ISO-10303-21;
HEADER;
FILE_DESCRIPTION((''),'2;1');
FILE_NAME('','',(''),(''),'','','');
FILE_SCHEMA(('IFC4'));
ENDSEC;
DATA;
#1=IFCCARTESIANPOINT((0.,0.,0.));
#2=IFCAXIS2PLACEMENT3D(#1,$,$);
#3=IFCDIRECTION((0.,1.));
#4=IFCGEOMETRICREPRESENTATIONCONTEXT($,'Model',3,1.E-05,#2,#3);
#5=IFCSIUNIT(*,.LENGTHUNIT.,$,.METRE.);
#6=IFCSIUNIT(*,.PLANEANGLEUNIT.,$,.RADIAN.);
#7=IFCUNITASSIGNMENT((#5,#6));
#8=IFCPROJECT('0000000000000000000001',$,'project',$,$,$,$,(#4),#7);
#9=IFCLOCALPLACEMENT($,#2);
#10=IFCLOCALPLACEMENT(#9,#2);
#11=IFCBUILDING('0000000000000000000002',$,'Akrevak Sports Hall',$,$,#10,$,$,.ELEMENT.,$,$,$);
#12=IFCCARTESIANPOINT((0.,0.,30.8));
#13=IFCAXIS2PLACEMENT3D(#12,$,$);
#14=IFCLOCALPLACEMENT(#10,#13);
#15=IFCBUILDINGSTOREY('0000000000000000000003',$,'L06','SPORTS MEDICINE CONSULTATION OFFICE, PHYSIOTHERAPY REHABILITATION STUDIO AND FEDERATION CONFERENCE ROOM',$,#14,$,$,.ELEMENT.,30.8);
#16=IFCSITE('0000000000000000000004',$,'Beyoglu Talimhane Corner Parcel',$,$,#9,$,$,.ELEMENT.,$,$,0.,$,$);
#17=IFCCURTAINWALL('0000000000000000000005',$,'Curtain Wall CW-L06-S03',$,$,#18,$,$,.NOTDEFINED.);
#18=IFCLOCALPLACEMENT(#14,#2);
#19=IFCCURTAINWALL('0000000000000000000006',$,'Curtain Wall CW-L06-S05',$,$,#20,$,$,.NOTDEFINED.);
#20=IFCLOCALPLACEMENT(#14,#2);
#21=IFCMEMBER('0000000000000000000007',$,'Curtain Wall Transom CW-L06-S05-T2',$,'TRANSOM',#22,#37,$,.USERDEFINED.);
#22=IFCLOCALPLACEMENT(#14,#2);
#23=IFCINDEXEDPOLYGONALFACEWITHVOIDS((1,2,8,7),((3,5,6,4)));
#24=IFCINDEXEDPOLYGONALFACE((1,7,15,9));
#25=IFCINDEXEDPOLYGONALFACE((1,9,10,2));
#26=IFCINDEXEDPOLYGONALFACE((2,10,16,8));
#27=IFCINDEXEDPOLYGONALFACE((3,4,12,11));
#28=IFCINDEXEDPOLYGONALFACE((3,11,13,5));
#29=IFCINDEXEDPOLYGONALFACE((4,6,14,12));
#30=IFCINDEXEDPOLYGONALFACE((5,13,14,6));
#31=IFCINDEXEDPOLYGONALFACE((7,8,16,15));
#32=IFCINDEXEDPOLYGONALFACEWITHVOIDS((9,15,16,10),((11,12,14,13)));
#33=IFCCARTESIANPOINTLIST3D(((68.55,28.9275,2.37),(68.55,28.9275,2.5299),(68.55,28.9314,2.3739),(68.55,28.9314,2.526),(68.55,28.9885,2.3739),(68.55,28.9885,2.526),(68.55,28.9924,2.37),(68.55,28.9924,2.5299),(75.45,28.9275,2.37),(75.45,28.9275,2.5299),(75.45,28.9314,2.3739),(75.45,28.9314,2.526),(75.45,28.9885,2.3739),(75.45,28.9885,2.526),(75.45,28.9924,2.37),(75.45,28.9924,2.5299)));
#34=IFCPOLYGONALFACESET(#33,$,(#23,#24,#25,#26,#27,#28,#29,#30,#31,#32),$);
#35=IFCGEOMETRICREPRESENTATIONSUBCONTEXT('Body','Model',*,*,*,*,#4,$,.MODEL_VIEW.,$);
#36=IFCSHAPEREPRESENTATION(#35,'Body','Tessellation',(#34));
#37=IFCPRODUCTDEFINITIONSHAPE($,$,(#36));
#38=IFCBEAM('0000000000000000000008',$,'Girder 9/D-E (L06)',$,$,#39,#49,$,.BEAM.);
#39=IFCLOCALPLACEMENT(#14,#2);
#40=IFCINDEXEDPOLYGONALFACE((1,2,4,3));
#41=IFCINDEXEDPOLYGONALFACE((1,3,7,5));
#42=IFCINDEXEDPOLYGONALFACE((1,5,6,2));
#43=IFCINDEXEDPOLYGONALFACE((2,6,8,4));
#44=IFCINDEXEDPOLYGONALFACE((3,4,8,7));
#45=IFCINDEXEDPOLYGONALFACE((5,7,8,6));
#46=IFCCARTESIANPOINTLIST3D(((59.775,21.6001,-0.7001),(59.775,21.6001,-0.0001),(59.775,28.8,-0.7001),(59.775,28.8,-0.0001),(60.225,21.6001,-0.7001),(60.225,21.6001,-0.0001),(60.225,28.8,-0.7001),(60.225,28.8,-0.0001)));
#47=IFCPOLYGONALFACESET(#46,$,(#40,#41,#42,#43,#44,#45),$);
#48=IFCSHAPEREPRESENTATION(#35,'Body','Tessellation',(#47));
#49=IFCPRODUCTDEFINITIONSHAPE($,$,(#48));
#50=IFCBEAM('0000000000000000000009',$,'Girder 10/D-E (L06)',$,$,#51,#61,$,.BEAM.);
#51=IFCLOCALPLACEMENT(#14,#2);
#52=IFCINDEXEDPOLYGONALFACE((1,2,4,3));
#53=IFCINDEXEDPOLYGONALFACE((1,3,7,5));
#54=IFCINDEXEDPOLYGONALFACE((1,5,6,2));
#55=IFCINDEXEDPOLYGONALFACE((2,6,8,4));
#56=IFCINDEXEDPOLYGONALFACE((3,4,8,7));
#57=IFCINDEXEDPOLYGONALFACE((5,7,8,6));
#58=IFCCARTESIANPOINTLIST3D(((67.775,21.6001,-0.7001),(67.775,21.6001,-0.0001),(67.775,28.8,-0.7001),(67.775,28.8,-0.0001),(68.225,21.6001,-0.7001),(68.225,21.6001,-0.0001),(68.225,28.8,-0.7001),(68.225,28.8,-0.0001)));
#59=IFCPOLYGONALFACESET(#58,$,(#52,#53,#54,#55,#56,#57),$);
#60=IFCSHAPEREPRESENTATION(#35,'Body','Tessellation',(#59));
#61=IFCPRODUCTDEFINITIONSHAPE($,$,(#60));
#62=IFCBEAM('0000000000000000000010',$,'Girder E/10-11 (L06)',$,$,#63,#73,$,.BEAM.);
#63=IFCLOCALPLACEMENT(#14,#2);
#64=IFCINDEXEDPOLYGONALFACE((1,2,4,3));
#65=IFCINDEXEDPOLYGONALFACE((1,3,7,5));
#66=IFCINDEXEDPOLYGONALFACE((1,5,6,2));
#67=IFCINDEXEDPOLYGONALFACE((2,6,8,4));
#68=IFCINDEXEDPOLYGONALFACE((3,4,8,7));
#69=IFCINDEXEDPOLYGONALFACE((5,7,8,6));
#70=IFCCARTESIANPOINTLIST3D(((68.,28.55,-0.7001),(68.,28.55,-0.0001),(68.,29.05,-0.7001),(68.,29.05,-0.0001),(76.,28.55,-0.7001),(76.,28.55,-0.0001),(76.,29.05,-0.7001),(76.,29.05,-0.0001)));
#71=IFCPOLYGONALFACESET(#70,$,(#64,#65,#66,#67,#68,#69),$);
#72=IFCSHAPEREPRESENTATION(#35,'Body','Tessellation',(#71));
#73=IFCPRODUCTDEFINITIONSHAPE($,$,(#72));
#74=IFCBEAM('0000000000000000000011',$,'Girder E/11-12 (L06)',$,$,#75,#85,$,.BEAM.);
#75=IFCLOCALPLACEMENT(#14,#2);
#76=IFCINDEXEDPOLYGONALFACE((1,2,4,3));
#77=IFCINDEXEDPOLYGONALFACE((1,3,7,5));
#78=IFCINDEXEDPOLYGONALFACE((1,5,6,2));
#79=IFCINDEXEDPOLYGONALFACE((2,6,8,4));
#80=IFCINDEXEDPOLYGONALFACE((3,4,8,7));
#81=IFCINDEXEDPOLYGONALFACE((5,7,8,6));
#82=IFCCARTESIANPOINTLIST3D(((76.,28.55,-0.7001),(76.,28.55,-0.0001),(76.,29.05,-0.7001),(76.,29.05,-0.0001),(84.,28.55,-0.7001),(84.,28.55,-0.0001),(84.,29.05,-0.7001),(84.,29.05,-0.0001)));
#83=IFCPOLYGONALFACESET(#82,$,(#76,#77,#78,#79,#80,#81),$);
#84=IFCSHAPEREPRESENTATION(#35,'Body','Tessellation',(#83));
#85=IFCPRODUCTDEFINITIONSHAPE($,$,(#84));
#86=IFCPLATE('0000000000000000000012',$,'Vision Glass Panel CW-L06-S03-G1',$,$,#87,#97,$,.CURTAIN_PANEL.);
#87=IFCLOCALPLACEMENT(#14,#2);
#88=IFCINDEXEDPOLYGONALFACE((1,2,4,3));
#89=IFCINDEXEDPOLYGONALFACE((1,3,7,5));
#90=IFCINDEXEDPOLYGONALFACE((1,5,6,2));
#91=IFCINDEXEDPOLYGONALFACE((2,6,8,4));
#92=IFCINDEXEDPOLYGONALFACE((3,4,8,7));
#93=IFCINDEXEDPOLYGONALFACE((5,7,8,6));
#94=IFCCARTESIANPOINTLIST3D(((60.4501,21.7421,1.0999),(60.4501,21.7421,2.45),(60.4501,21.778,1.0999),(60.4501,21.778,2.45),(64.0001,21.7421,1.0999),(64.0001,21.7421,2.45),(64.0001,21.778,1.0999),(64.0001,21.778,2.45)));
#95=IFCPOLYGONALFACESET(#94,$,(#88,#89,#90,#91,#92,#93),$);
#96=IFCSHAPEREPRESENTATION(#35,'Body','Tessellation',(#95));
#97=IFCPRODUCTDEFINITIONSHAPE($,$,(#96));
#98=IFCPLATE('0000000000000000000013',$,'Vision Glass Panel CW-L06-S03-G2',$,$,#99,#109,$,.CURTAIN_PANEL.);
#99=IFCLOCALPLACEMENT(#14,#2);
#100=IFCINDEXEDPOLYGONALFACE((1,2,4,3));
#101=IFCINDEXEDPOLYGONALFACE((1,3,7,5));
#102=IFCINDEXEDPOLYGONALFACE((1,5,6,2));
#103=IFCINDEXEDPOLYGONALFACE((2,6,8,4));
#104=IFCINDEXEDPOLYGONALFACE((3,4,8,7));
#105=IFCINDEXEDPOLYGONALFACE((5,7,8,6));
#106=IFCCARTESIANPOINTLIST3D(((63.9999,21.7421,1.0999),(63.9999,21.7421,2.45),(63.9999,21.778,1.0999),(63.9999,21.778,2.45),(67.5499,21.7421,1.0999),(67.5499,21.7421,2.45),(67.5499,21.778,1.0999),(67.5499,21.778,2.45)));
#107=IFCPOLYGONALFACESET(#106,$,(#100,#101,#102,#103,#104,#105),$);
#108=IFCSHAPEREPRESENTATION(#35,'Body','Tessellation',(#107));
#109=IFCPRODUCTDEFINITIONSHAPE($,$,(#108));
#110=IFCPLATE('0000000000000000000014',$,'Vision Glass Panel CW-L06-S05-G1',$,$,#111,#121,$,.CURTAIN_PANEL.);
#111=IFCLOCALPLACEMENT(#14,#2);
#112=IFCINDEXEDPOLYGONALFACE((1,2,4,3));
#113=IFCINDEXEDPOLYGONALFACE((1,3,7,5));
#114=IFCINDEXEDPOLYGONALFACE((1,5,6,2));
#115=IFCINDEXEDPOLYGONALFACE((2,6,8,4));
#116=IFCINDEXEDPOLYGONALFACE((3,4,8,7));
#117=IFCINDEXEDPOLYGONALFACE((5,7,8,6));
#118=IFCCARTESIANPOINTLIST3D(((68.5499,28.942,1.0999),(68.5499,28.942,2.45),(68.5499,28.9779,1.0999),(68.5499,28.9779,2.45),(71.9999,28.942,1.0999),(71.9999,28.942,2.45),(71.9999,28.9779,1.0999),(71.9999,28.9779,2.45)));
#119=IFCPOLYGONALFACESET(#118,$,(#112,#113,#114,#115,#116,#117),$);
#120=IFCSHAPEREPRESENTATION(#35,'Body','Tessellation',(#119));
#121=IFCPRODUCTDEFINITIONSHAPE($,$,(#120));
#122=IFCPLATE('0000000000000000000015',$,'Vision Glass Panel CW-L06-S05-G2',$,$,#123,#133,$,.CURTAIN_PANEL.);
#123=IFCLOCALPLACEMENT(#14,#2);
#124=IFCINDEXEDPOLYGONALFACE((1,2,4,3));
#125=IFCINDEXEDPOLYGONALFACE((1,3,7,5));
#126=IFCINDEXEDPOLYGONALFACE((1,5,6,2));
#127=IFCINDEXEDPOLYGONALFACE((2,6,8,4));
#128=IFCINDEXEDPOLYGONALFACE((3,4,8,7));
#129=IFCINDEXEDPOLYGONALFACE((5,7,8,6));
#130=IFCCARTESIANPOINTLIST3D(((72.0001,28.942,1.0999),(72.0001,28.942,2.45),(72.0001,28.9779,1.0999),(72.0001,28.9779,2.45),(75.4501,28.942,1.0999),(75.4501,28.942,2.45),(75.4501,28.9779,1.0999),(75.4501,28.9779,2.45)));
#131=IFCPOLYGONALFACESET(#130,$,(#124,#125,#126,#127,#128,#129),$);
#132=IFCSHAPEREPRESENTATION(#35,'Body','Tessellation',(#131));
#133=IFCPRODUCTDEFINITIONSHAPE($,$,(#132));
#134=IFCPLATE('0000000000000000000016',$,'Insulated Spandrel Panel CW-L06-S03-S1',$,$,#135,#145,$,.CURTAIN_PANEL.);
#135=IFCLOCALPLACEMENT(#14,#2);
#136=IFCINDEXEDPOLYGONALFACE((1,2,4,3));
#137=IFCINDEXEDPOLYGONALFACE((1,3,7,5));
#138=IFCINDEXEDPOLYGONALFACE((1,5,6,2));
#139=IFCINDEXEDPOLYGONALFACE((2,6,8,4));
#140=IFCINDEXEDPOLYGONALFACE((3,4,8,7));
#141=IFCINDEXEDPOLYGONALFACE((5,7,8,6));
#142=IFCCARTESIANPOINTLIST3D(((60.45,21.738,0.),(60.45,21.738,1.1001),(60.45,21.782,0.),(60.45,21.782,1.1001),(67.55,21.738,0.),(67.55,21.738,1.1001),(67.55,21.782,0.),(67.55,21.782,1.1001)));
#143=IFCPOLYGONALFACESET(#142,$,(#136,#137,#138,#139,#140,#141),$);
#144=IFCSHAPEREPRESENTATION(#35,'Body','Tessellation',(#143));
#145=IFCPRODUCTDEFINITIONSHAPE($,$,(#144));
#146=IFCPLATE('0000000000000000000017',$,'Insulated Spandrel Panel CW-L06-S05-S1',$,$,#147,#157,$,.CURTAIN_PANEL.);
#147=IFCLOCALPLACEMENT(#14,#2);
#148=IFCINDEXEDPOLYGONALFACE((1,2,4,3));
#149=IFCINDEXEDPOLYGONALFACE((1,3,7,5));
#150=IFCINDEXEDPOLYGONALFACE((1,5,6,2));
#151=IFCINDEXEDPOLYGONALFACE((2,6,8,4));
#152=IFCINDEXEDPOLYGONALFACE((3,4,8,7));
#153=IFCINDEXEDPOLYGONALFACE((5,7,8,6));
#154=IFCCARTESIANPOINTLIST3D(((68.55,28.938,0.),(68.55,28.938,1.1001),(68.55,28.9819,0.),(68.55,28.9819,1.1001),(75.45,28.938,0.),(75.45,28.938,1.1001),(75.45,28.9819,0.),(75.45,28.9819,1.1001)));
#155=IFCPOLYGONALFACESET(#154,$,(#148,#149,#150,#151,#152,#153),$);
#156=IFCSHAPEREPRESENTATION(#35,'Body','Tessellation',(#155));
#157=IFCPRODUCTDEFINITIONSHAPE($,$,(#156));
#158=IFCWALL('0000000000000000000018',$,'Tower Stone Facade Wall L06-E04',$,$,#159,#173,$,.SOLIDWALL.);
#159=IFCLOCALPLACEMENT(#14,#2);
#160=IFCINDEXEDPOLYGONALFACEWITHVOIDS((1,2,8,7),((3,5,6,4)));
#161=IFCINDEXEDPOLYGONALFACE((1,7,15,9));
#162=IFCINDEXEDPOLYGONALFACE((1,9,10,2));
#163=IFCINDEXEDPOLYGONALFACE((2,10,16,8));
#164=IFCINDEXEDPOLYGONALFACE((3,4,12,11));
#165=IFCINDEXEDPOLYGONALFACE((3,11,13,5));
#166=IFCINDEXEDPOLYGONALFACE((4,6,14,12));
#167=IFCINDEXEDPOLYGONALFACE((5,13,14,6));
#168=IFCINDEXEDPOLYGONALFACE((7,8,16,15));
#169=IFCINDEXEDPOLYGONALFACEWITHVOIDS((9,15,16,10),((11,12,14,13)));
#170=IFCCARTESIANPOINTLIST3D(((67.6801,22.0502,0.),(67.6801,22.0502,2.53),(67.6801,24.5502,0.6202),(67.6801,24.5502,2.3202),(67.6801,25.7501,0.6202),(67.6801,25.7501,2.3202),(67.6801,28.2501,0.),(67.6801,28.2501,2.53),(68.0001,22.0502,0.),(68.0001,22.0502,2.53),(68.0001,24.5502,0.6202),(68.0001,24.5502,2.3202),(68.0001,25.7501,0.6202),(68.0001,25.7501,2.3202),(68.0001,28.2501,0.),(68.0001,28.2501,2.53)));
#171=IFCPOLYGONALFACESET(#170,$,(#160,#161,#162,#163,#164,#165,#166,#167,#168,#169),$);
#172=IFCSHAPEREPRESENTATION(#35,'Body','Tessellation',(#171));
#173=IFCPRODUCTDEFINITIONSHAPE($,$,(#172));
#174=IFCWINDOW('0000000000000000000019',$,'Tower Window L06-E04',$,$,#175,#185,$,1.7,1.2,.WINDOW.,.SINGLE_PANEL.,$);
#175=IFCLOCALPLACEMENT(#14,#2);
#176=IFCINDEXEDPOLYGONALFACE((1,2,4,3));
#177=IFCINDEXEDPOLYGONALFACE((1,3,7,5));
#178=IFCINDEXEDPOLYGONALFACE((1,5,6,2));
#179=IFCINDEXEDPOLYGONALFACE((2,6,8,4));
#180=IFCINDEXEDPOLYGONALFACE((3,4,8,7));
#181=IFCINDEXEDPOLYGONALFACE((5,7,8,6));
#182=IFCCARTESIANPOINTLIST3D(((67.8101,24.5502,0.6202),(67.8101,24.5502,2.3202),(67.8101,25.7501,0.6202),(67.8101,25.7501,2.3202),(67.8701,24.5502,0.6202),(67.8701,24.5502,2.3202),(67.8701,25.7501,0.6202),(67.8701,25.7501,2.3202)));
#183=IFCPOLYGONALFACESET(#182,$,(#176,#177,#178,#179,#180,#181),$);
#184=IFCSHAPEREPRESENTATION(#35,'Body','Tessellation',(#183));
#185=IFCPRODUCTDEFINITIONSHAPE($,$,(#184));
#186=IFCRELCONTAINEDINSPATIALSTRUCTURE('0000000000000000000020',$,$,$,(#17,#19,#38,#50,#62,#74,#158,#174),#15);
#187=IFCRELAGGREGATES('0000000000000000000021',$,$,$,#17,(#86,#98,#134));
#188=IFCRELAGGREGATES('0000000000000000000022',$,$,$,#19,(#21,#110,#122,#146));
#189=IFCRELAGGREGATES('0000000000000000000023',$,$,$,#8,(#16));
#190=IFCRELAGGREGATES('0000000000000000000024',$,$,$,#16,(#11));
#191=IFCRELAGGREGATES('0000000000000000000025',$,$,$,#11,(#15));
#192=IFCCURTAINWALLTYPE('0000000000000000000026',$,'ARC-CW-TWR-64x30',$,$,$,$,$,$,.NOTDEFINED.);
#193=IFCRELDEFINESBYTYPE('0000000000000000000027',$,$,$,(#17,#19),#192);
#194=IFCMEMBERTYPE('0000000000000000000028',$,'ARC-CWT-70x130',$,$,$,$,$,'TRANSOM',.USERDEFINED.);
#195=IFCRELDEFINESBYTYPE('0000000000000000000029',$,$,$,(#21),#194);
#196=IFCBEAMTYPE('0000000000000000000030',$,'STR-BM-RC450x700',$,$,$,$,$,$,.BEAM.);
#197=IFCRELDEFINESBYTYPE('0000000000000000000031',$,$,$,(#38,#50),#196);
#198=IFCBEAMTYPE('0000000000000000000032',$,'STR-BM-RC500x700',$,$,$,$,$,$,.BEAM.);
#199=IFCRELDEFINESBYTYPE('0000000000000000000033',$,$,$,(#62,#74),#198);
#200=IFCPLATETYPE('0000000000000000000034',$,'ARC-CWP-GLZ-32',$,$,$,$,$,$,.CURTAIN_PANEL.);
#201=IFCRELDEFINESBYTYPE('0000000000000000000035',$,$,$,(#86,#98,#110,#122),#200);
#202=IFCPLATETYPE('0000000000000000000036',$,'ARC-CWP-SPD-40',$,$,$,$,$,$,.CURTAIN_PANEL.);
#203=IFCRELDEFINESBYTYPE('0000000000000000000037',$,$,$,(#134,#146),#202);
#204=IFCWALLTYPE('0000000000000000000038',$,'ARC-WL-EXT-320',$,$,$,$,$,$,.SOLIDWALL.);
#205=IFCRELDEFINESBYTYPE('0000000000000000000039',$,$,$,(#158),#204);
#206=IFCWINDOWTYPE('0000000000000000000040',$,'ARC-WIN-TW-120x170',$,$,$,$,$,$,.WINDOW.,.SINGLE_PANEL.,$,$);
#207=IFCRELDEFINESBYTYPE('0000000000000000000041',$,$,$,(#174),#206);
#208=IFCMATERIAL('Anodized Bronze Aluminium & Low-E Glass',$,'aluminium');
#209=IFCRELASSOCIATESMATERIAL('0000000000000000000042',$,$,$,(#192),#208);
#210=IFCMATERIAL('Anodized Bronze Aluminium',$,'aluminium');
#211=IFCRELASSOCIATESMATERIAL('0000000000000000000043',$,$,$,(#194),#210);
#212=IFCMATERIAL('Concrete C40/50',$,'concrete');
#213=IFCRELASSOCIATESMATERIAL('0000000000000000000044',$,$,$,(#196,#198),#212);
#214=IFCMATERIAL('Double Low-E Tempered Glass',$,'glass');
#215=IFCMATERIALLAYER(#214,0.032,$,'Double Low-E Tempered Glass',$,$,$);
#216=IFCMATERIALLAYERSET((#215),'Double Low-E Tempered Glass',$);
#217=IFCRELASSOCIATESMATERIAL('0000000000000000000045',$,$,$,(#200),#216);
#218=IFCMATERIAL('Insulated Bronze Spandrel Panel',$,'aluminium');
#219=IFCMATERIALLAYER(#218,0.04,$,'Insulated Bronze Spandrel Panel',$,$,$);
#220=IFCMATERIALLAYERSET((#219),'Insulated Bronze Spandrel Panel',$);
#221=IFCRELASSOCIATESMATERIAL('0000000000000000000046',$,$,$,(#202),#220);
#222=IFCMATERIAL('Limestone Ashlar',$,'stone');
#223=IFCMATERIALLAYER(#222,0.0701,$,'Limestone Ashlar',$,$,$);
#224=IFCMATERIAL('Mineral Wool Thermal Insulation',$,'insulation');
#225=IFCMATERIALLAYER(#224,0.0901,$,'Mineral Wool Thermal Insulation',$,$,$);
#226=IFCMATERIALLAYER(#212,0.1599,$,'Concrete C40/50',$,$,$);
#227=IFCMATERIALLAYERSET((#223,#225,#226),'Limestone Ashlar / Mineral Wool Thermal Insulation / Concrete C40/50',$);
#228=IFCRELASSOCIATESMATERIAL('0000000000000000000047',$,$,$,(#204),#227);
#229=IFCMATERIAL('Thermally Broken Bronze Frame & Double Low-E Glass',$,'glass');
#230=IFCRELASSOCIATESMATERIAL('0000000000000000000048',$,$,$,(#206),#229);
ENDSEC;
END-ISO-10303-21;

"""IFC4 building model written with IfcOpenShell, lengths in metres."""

from ifc_helpers import new_model, si_unit, direction, frame, frame_2d, origin, origin_2d, place, context, subcontext, project, spatial, rectangle, hollow_rectangle, extrude, material, layer, layer_set, material_profile, profile_set, type_object, element, fill, aggregate, save


model = new_model("IFC4")

# Units and contexts
model_context = context("Model", 3, precision=1e-05, world=origin(), true_north=direction((0.0, 1.0)))
body_context = subcontext(model_context, "Body", "Model", "MODEL_VIEW")
ifc_project = project(units=[si_unit("LENGTHUNIT", "METRE"), si_unit("PLANEANGLEUNIT", "RADIAN")], contexts=[model_context])

# Site, building, storey
site_placement = place(None, origin())
site = spatial("IfcSite", under=ifc_project, at=site_placement, Name="Beyoglu Talimhane Corner Parcel", CompositionType="ELEMENT", RefElevation=0.0)
building_placement = place(site_placement, origin())
building = spatial("IfcBuilding", under=site, at=building_placement, Name="Akrevak Sports Hall", CompositionType="ELEMENT")
storey_placement = place(building_placement, frame((0.0, 0.0, 30.8)))
storey = spatial("IfcBuildingStorey", under=building, at=storey_placement, Name="L06", Description="SPORTS MEDICINE CONSULTATION OFFICE, PHYSIOTHERAPY REHABILITATION STUDIO AND FEDERATION CONFERENCE ROOM", CompositionType="ELEMENT", Elevation=30.8)

# Shared definitions
ifc_material_1 = material(Name="Concrete C40/50", Category="concrete")

# Curtain walls
ifc_material_2 = material(Name="Anodized Bronze Aluminium & Low-E Glass", Category="aluminium")
curtain_wall_type = type_object("IfcCurtainWallType", Name="ARC-CW-TWR-64x30", PredefinedType="NOTDEFINED", material=ifc_material_2)
curtain_wall_1_placement = place(storey_placement, origin())
curtain_wall_1 = element("IfcCurtainWall", 1, at=curtain_wall_1_placement, inside=storey, type_object=curtain_wall_type, Name="Curtain Wall CW-L06-S03", PredefinedType="NOTDEFINED")
ifc_material_3 = material(Name="Anodized Bronze Aluminium", Category="aluminium")
curtain_wall_2_placement = place(storey_placement, origin())
curtain_wall_2 = element("IfcCurtainWall", 2, at=curtain_wall_2_placement, inside=storey, type_object=curtain_wall_type, Name="Curtain Wall CW-L06-S05", PredefinedType="NOTDEFINED")

# Member
ifc_material_profile_1 = material_profile(ifc_material_3, hollow_rectangle(XDim=0.0649, YDim=0.1599, WallThickness=0.0039, at=origin_2d()), Name="CWT 65x160", Category="aluminium")
ifc_profile_set_1 = profile_set([ifc_material_profile_1], Name="Anodized Bronze Aluminium")
member_type_1 = type_object("IfcMemberType", Name="ARC-CWT-70x130", ElementType="TRANSOM", PredefinedType="USERDEFINED", material=ifc_profile_set_1)
member_1_placement = place(storey_placement, frame((68.55, 28.96, 2.45), z_axis=(1.0, 0.0, 0.0), x_axis=(0.0, 1.0, 0.0)))
member_1 = element("IfcMember", 3, at=member_1_placement, type_object=member_type_1, Name="Curtain Wall Transom CW-L06-S05-T2", ObjectType="TRANSOM", PredefinedType="USERDEFINED", context=body_context, shape_type="SweptSolid", body=[
    extrude(hollow_rectangle(XDim=0.0649, YDim=0.1599, WallThickness=0.0039, at=origin_2d()), origin(), (0.0, 0.0, 1.0), 6.8999),
])

# Beams
ifc_material_profile_2 = material_profile(ifc_material_1, rectangle(XDim=0.45, YDim=0.7, at=origin_2d()), Name="BM 450x700", Category="concrete")
ifc_profile_set_2 = profile_set([ifc_material_profile_2], Name="Concrete C40/50")
beam_type_1 = type_object("IfcBeamType", Name="STR-BM-RC450x700", PredefinedType="BEAM", material=ifc_profile_set_2)
for number, where, z_axis, x_axis, name in (
    (4, (60.0, 21.6001, -0.3501), (0.0, 1.0, 0.0), (-1.0, 0.0, 0.0), "Girder 9/D-E (L06)"),
    (5, (68.0, 21.6001, -0.3501), (0.0, 1.0, 0.0), (-1.0, 0.0, 0.0), "Girder 10/D-E (L06)"),
):
    element("IfcBeam", number, at=place(storey_placement, frame(where, z_axis=z_axis, x_axis=x_axis)), inside=storey, type_object=beam_type_1, Name=name, PredefinedType="BEAM", context=body_context, shape_type="SweptSolid", body=[
        extrude(rectangle(XDim=0.45, YDim=0.7, at=origin_2d()), origin(), (0.0, 0.0, 1.0), 7.2),
    ])
ifc_material_profile_3 = material_profile(ifc_material_1, rectangle(XDim=0.5, YDim=0.7, at=origin_2d()), Name="BM 500x700", Category="concrete")
ifc_profile_set_3 = profile_set([ifc_material_profile_3], Name="Concrete C40/50")
beam_type_2 = type_object("IfcBeamType", Name="STR-BM-RC500x700", PredefinedType="BEAM", material=ifc_profile_set_3)
for number, where, z_axis, x_axis, name in (
    (6, (68.0, 28.8, -0.3501), (1.0, 0.0, 0.0), (0.0, 1.0, 0.0), "Girder E/10-11 (L06)"),
    (7, (76.0, 28.8, -0.3501), (1.0, 0.0, 0.0), (0.0, 1.0, 0.0), "Girder E/11-12 (L06)"),
):
    element("IfcBeam", number, at=place(storey_placement, frame(where, z_axis=z_axis, x_axis=x_axis)), inside=storey, type_object=beam_type_2, Name=name, PredefinedType="BEAM", context=body_context, shape_type="SweptSolid", body=[
        extrude(rectangle(XDim=0.5, YDim=0.7, at=origin_2d()), origin(), (0.0, 0.0, 1.0), 8.0),
    ])

# Plates
ifc_material_4 = material(Name="Double Low-E Tempered Glass", Category="glass")
ifc_layer_1 = layer(ifc_material_4, 0.032, Name="Double Low-E Tempered Glass")
ifc_layer_set_1 = layer_set([ifc_layer_1], Name="Double Low-E Tempered Glass")
plate_type_1 = type_object("IfcPlateType", Name="ARC-CWP-GLZ-32", PredefinedType="CURTAIN_PANEL", material=ifc_layer_set_1)
plate_1_placement = place(storey_placement, frame((62.2251, 21.76, 1.0999), z_axis=(0.0, 0.0, 1.0), x_axis=(1.0, 0.0, 0.0)))
plate_1 = element("IfcPlate", 8, at=plate_1_placement, type_object=plate_type_1, Name="Vision Glass Panel CW-L06-S03-G1", PredefinedType="CURTAIN_PANEL", context=body_context, shape_type="SweptSolid", body=[
    extrude(rectangle(XDim=3.55, YDim=0.0359, at=origin_2d()), origin(), (0.0, 0.0, 1.0), 1.3501),
])
plate_2_placement = place(storey_placement, frame((65.7749, 21.76, 1.0999), z_axis=(0.0, 0.0, 1.0), x_axis=(1.0, 0.0, 0.0)))
plate_2 = element("IfcPlate", 9, at=plate_2_placement, type_object=plate_type_1, Name="Vision Glass Panel CW-L06-S03-G2", PredefinedType="CURTAIN_PANEL", context=body_context, shape_type="SweptSolid", body=[
    extrude(rectangle(XDim=3.55, YDim=0.0359, at=origin_2d()), origin(), (0.0, 0.0, 1.0), 1.3501),
])
plate_3_placement = place(storey_placement, frame((70.2749, 28.96, 1.0999), z_axis=(0.0, 0.0, 1.0), x_axis=(1.0, 0.0, 0.0)))
plate_3 = element("IfcPlate", 10, at=plate_3_placement, type_object=plate_type_1, Name="Vision Glass Panel CW-L06-S05-G1", PredefinedType="CURTAIN_PANEL", context=body_context, shape_type="SweptSolid", body=[
    extrude(rectangle(XDim=3.45, YDim=0.0359, at=origin_2d()), origin(), (0.0, 0.0, 1.0), 1.3501),
])
plate_4_placement = place(storey_placement, frame((73.7251, 28.96, 1.0999), z_axis=(0.0, 0.0, 1.0), x_axis=(1.0, 0.0, 0.0)))
plate_4 = element("IfcPlate", 11, at=plate_4_placement, type_object=plate_type_1, Name="Vision Glass Panel CW-L06-S05-G2", PredefinedType="CURTAIN_PANEL", context=body_context, shape_type="SweptSolid", body=[
    extrude(rectangle(XDim=3.45, YDim=0.0359, at=origin_2d()), origin(), (0.0, 0.0, 1.0), 1.3501),
])
ifc_material_5 = material(Name="Insulated Bronze Spandrel Panel", Category="aluminium")
ifc_layer_2 = layer(ifc_material_5, 0.04, Name="Insulated Bronze Spandrel Panel")
ifc_layer_set_2 = layer_set([ifc_layer_2], Name="Insulated Bronze Spandrel Panel")
plate_type_2 = type_object("IfcPlateType", Name="ARC-CWP-SPD-40", PredefinedType="CURTAIN_PANEL", material=ifc_layer_set_2)
plate_5_placement = place(storey_placement, frame((64.0, 21.76, 0.0), z_axis=(0.0, 0.0, 1.0), x_axis=(1.0, 0.0, 0.0)))
plate_5 = element("IfcPlate", 12, at=plate_5_placement, type_object=plate_type_2, Name="Insulated Spandrel Panel CW-L06-S03-S1", PredefinedType="CURTAIN_PANEL", context=body_context, shape_type="SweptSolid", body=[
    extrude(rectangle(XDim=7.1001, YDim=0.0439, at=origin_2d()), origin(), (0.0, 0.0, 1.0), 1.1001),
])
aggregate(curtain_wall_1, [plate_1, plate_2, plate_5])
plate_6_placement = place(storey_placement, frame((72.0, 28.96, 0.0), z_axis=(0.0, 0.0, 1.0), x_axis=(1.0, 0.0, 0.0)))
plate_6 = element("IfcPlate", 13, at=plate_6_placement, type_object=plate_type_2, Name="Insulated Spandrel Panel CW-L06-S05-S1", PredefinedType="CURTAIN_PANEL", context=body_context, shape_type="SweptSolid", body=[
    extrude(rectangle(XDim=6.8999, YDim=0.0439, at=origin_2d()), origin(), (0.0, 0.0, 1.0), 1.1001),
])
aggregate(curtain_wall_2, [member_1, plate_3, plate_4, plate_6])

# Wall, opening, window
ifc_material_6 = material(Name="Limestone Ashlar", Category="stone")
ifc_layer_3 = layer(ifc_material_6, 0.0701, Name="Limestone Ashlar")
ifc_material_7 = material(Name="Mineral Wool Thermal Insulation", Category="insulation")
ifc_layer_4 = layer(ifc_material_7, 0.0901, Name="Mineral Wool Thermal Insulation")
ifc_layer_5 = layer(ifc_material_1, 0.1599, Name="Concrete C40/50")
ifc_layer_set_3 = layer_set([ifc_layer_3, ifc_layer_4, ifc_layer_5], Name="Limestone Ashlar / Mineral Wool Thermal Insulation / Concrete C40/50")
wall_type = type_object("IfcWallType", Name="ARC-WL-EXT-320", PredefinedType="SOLIDWALL", material=ifc_layer_set_3)
wall_placement = place(storey_placement, frame((67.8401, 22.05, 0.0), z_axis=(0.0, 0.0, 1.0), x_axis=(0.0, 1.0, 0.0)))
wall = element("IfcWall", 14, at=wall_placement, inside=storey, type_object=wall_type, Name="Tower Stone Facade Wall L06-E04", PredefinedType="SOLIDWALL", context=body_context, shape_type="SweptSolid", body=[
    extrude(rectangle(XDim=6.2, YDim=0.3201, at=frame_2d((3.1001, 0.0))), origin(), (0.0, 0.0, 1.0), 2.53),
])
opening_placement = place(wall_placement, frame((2.5, 0.0, 0.6201)))
opening = element("IfcOpeningElement", 15, at=opening_placement, cuts=wall, PredefinedType="OPENING", context=body_context, shape_type="SweptSolid", body=[
    extrude(rectangle(XDim=1.2, YDim=1.7, at=frame_2d((0.6001, 0.8501))), frame((0.0, 0.1719, 0.0), z_axis=(0.0, -1.0, 0.0), x_axis=(1.0, 0.0, 0.0)), (0.0, 0.0, 1.0), 0.344),
])
ifc_material_8 = material(Name="Thermally Broken Bronze Frame & Double Low-E Glass", Category="glass")
window_type = type_object("IfcWindowType", Name="ARC-WIN-TW-120x170", PartitioningType="SINGLE_PANEL", PredefinedType="WINDOW", material=ifc_material_8)
window_placement = place(opening_placement, origin())
window = element("IfcWindow", 16, at=window_placement, inside=storey, type_object=window_type, Name="Tower Window L06-E04", OverallHeight=1.7, OverallWidth=1.2, PartitioningType="SINGLE_PANEL", PredefinedType="WINDOW", context=body_context, shape_type="SweptSolid", body=[
    extrude(rectangle(XDim=1.2, YDim=1.7, at=frame_2d((0.6001, 0.8501))), frame((0.0, 0.03, 0.0), z_axis=(0.0, -1.0, 0.0), x_axis=(1.0, 0.0, 0.0)), (0.0, 0.0, 1.0), 0.0601),
])
fill(opening, window)

save(model, "model.ifc")
